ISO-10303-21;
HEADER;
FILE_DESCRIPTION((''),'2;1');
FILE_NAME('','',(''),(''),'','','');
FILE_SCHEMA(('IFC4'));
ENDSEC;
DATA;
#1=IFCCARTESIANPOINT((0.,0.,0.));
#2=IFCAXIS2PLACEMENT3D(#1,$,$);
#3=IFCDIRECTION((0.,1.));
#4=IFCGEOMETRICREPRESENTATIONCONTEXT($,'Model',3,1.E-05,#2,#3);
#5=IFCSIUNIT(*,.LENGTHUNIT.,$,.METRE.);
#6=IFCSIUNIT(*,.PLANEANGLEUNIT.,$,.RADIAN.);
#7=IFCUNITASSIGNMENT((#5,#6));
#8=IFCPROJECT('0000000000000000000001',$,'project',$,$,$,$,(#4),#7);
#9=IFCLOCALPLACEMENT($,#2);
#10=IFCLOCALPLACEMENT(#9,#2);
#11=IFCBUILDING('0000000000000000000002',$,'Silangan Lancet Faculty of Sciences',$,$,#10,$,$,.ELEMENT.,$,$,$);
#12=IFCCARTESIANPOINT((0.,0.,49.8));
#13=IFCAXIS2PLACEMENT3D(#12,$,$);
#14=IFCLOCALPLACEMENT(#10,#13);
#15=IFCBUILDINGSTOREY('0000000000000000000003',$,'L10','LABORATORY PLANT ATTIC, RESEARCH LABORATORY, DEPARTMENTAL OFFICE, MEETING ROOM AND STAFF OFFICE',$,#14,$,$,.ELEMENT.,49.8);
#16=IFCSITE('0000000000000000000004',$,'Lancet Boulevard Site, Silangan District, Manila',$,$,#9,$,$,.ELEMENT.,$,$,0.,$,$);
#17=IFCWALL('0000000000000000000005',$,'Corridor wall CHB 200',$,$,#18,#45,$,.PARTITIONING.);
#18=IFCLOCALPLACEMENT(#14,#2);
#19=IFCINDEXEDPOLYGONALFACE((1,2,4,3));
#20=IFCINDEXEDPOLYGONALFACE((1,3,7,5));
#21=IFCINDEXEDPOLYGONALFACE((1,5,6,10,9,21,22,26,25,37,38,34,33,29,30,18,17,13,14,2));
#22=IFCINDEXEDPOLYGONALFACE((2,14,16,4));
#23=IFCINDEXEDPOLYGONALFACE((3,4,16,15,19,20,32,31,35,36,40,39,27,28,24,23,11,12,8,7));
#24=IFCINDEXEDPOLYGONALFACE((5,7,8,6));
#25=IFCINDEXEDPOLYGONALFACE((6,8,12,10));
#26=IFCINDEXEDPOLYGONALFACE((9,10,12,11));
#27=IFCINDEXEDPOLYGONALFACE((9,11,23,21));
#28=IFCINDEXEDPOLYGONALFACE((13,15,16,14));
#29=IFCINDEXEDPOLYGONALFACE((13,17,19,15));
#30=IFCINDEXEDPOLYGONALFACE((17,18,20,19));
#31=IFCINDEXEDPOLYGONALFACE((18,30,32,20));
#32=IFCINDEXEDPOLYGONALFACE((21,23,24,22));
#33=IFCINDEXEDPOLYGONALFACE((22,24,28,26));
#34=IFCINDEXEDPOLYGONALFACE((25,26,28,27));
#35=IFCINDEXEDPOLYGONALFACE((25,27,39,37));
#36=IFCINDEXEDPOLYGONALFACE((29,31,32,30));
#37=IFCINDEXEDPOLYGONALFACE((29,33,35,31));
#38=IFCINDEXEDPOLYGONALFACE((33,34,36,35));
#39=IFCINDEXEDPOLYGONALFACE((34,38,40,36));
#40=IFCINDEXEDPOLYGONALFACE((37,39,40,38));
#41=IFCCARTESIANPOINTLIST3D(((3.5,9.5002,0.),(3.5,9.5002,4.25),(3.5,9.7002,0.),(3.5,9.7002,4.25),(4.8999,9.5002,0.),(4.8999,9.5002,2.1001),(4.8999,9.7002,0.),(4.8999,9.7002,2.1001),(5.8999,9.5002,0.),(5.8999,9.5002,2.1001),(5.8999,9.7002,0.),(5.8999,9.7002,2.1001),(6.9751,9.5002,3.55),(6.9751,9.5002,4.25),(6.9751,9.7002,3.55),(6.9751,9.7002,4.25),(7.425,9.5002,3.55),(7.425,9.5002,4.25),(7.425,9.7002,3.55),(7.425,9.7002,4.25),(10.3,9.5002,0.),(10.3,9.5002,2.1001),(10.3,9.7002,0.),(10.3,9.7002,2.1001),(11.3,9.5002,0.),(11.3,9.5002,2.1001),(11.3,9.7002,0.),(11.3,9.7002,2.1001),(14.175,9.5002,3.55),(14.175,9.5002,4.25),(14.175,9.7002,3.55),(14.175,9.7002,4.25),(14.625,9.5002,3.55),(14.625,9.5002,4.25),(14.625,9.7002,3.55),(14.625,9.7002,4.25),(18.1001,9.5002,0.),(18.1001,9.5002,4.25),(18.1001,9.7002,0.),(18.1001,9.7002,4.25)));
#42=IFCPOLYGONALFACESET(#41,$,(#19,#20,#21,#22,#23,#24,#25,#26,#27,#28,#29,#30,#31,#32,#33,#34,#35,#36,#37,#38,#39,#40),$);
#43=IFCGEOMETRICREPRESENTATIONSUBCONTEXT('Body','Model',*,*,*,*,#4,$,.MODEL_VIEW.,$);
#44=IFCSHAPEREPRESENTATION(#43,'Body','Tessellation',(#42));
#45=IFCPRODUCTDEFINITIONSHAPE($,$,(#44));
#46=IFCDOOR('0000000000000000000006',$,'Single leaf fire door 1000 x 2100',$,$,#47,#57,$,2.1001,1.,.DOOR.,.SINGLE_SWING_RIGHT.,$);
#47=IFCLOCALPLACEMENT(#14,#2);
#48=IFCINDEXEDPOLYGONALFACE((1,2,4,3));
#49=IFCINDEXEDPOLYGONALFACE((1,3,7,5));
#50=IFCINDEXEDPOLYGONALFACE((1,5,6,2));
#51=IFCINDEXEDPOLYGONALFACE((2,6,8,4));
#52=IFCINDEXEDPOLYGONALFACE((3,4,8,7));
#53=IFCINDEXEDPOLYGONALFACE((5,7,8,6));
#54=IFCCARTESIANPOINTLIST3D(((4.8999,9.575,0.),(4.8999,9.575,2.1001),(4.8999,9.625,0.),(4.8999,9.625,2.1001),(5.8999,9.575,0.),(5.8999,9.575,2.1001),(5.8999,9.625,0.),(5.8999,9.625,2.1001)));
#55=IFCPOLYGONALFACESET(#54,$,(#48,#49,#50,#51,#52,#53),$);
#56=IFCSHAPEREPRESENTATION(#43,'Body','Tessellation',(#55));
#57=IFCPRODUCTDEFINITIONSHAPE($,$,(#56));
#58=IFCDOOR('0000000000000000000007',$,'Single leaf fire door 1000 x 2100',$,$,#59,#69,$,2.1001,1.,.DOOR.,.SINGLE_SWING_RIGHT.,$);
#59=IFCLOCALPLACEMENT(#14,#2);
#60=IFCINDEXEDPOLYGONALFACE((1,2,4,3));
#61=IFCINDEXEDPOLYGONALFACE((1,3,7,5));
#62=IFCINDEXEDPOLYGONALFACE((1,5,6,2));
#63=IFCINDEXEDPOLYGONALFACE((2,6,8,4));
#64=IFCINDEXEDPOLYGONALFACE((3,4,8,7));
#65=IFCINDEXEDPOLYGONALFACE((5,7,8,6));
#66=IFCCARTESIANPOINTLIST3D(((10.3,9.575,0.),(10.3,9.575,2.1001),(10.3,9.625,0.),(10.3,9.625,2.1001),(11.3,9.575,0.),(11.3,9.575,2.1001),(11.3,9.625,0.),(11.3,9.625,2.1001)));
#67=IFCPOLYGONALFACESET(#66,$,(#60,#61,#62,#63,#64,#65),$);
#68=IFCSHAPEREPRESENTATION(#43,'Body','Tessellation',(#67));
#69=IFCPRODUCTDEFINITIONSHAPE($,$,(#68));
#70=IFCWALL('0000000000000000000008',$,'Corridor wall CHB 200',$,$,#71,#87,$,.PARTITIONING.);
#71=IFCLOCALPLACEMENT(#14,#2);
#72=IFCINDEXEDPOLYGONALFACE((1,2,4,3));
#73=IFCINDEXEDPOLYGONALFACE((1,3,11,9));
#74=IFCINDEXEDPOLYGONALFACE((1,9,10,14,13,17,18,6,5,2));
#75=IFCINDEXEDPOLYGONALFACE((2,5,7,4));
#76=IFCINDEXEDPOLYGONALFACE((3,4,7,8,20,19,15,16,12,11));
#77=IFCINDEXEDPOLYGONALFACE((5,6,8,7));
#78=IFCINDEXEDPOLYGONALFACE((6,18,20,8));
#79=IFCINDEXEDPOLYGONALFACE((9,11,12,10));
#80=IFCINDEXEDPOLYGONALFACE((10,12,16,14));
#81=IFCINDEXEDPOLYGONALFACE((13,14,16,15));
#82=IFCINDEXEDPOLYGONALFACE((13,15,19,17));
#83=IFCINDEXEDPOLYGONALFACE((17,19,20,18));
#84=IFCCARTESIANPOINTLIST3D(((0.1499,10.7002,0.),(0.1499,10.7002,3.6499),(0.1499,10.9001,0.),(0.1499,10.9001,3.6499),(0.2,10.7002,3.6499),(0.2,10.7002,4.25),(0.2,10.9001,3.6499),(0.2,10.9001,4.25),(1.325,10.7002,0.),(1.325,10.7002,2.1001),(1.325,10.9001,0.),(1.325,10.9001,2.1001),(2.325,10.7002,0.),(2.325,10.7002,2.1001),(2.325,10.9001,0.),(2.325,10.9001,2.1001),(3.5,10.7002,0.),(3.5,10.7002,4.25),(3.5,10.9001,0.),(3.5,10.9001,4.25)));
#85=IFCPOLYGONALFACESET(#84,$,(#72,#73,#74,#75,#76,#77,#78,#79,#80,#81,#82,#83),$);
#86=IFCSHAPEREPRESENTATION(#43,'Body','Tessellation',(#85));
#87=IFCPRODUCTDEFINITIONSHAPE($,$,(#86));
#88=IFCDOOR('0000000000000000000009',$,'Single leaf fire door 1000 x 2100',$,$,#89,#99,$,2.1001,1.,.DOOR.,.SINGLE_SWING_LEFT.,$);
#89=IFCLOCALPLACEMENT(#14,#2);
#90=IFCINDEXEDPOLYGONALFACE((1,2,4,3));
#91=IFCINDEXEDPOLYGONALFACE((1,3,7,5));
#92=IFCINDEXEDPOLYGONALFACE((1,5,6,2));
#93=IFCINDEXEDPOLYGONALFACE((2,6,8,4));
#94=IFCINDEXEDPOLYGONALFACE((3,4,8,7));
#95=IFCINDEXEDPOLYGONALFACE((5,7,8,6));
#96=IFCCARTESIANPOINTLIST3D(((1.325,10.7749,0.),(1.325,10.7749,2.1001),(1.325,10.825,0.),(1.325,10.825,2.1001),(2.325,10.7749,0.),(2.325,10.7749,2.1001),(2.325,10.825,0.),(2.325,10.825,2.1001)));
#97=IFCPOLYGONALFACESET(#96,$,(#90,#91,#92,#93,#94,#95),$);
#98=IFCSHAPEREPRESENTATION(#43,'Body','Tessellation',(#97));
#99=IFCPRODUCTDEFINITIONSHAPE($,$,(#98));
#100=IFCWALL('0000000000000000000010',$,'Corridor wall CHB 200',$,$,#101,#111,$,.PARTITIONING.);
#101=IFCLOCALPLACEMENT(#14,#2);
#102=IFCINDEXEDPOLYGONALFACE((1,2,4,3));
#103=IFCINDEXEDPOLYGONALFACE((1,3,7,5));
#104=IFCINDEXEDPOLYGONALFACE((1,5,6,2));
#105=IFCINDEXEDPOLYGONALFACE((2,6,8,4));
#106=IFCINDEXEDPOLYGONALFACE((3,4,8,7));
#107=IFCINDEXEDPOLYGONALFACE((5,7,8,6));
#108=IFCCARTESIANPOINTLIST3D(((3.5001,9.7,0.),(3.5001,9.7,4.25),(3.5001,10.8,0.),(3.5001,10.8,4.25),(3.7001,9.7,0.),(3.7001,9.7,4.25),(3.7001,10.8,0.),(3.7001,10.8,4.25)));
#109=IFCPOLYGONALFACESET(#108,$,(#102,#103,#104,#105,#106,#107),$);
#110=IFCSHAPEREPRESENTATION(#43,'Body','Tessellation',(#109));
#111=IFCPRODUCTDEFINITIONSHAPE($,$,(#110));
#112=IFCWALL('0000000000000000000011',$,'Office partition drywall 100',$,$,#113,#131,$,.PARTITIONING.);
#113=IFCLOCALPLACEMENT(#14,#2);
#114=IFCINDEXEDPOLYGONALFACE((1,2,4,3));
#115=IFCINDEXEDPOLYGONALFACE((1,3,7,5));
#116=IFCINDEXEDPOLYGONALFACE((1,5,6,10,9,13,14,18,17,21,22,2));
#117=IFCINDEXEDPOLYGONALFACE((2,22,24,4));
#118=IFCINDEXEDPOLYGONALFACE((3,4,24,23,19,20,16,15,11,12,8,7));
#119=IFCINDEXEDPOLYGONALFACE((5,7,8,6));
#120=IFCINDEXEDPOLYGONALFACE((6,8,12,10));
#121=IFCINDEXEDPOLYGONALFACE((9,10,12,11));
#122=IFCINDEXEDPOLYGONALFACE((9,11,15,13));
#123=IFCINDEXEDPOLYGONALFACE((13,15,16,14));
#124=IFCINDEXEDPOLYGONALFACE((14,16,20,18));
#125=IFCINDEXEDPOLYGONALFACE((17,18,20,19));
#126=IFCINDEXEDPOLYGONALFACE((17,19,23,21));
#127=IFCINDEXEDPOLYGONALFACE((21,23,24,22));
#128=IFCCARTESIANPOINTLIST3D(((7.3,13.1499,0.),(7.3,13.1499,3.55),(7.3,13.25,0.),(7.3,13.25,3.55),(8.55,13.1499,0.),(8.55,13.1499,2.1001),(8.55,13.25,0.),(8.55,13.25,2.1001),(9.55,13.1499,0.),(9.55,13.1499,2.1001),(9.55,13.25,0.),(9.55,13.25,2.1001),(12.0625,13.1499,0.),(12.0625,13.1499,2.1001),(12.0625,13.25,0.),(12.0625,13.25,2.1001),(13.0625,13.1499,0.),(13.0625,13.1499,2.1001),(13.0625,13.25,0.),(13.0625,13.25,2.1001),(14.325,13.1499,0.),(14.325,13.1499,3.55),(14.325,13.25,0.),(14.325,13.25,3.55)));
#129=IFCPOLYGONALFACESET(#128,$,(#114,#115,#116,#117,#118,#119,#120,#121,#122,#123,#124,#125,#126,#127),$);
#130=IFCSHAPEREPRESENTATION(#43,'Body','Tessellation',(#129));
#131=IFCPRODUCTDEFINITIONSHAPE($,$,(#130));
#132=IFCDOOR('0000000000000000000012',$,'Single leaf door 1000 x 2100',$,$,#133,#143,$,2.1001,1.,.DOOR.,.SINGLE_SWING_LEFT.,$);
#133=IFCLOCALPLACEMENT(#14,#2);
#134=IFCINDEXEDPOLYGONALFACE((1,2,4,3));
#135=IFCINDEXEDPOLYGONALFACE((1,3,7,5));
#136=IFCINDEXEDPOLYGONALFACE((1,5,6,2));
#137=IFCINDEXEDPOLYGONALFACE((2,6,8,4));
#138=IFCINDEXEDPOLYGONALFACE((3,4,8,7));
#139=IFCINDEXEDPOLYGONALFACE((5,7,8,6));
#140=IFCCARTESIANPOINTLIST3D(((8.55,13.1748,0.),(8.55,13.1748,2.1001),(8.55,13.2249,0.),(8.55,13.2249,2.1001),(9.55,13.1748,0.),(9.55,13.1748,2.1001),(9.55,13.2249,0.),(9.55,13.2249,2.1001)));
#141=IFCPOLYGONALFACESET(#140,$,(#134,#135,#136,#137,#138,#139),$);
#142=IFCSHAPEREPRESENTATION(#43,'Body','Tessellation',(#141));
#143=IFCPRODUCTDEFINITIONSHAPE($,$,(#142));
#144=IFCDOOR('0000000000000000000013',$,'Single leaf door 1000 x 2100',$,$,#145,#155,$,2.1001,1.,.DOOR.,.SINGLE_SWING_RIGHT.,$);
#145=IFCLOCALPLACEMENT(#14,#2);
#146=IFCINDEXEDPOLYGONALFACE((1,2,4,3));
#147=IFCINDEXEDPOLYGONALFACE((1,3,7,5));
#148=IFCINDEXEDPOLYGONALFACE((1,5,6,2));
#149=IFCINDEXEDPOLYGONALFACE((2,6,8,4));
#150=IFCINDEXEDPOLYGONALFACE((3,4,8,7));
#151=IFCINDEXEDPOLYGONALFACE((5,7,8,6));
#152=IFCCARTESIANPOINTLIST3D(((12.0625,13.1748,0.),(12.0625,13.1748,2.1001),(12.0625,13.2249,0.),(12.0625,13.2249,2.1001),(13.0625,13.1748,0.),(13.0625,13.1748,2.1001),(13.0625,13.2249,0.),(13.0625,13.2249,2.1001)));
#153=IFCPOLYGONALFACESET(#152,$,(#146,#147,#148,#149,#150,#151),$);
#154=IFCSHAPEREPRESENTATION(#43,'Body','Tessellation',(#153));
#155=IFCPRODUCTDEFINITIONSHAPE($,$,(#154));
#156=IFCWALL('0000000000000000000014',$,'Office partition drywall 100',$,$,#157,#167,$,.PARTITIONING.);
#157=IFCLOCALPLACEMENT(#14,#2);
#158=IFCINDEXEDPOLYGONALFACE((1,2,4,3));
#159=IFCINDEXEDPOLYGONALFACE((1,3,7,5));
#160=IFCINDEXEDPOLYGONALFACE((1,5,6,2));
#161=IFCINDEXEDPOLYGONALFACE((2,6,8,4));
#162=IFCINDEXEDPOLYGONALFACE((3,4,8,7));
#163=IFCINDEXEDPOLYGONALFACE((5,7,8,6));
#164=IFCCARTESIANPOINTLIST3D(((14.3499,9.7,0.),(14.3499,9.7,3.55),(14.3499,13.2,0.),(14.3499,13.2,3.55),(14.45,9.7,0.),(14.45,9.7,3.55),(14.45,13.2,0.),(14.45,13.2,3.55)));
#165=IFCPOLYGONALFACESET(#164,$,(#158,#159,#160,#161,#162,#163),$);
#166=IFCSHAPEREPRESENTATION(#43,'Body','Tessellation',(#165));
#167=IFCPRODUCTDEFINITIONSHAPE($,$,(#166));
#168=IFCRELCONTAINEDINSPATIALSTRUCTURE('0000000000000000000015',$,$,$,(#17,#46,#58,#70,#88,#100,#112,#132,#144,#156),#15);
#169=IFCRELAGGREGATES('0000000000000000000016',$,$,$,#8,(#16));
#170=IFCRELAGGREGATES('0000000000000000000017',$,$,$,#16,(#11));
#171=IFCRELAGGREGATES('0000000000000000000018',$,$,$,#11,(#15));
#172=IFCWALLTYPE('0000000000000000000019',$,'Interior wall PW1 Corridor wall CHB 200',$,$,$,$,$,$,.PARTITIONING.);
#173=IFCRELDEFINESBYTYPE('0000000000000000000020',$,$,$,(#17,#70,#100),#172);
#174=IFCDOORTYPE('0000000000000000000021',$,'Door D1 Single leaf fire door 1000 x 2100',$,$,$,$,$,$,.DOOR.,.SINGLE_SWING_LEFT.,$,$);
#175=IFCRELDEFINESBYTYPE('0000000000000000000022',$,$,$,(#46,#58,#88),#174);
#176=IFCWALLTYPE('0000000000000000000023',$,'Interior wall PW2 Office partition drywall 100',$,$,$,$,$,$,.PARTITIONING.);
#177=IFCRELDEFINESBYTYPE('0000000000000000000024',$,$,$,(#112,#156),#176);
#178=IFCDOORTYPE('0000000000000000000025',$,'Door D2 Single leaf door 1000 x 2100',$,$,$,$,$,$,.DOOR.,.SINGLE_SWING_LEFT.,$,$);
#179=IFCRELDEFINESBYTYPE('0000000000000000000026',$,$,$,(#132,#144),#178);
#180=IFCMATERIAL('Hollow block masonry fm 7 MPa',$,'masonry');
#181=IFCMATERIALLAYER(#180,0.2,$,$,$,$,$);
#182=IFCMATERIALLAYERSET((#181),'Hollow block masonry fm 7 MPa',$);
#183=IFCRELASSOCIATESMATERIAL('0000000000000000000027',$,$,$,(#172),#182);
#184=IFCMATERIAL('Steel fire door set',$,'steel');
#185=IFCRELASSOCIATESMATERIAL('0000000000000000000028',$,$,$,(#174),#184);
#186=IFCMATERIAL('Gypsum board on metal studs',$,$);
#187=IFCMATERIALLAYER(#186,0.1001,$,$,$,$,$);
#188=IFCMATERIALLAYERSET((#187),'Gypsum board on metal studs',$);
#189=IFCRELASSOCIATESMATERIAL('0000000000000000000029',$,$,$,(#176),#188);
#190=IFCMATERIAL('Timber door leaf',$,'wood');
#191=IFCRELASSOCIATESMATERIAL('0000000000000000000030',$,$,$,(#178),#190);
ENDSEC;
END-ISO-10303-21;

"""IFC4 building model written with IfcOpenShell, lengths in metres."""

from ifc_helpers import new_model, si_unit, direction, frame, frame_2d, origin, place, context, subcontext, project, spatial, polyline, rectangle, outline, extrude, material, layer, layer_set, type_object, element, fill, save


model = new_model("IFC4")

# Units and contexts
model_context = context("Model", 3, precision=1e-05, world=origin(), true_north=direction((0.0, 1.0)))
body_context = subcontext(model_context, "Body", "Model", "MODEL_VIEW")
ifc_project = project(units=[si_unit("LENGTHUNIT", "METRE"), si_unit("PLANEANGLEUNIT", "RADIAN")], contexts=[model_context])

# Site, building, storey
site_placement = place(None, origin())
site = spatial("IfcSite", under=ifc_project, at=site_placement, Name="Lancet Boulevard Site, Silangan District, Manila", CompositionType="ELEMENT", RefElevation=0.0)
building_placement = place(site_placement, origin())
building = spatial("IfcBuilding", under=site, at=building_placement, Name="Silangan Lancet Faculty of Sciences", CompositionType="ELEMENT")
storey_placement = place(building_placement, frame((0.0, 0.0, 49.8)))
storey = spatial("IfcBuildingStorey", under=building, at=storey_placement, Name="L10", Description="LABORATORY PLANT ATTIC, RESEARCH LABORATORY, DEPARTMENTAL OFFICE, MEETING ROOM AND STAFF OFFICE", CompositionType="ELEMENT", Elevation=49.8)

# Wall, openings, doors
ifc_material_1 = material(Name="Hollow block masonry fm 7 MPa", Category="masonry")
ifc_layer_1 = layer(ifc_material_1, 0.2)
ifc_layer_set_1 = layer_set([ifc_layer_1], Name="Hollow block masonry fm 7 MPa")
wall_type_1 = type_object("IfcWallType", Name="Interior wall PW1 Corridor wall CHB 200", PredefinedType="PARTITIONING", material=ifc_layer_set_1)
wall_1_placement = place(storey_placement, frame((3.5, 9.6001, 0.0), z_axis=(0.0, 0.0, 1.0), x_axis=(1.0, 0.0, 0.0)))
wall_1 = element("IfcWall", 1, at=wall_1_placement, inside=storey, type_object=wall_type_1, Name="Corridor wall CHB 200", PredefinedType="PARTITIONING", context=body_context, shape_type="SweptSolid", body=[
    extrude(outline(polyline([(0.0, 0.0), (14.6001, 0.0), (14.6001, 4.25), (11.125, 4.25), (11.125, 3.55), (10.675, 3.55), (10.675, 4.25), (3.925, 4.25), (3.925, 3.55), (3.4751, 3.55), (3.4751, 4.25), (0.0, 4.25), (0.0, 0.0)])), frame((0.0, 0.1001, 0.0), z_axis=(0.0, -1.0, 0.0), x_axis=(1.0, 0.0, 0.0)), (0.0, 0.0, 1.0), 0.2),
])
opening_1_placement = place(wall_1_placement, frame((1.3999, 0.0, 0.0)))
opening_1 = element("IfcOpeningElement", 2, at=opening_1_placement, cuts=wall_1, PredefinedType="OPENING", context=body_context, shape_type="SweptSolid", body=[
    extrude(rectangle(XDim=1.0, YDim=2.1001, at=frame_2d((0.5, 1.05))), frame((0.0, 0.1099, 0.0), z_axis=(0.0, -1.0, 0.0), x_axis=(1.0, 0.0, 0.0)), (0.0, 0.0, 1.0), 0.22),
])
opening_2_placement = place(wall_1_placement, frame((6.8, 0.0, 0.0)))
opening_2 = element("IfcOpeningElement", 3, at=opening_2_placement, cuts=wall_1, PredefinedType="OPENING", context=body_context, shape_type="SweptSolid", body=[
    extrude(rectangle(XDim=1.0, YDim=2.1001, at=frame_2d((0.5, 1.05))), frame((0.0, 0.1099, 0.0), z_axis=(0.0, -1.0, 0.0), x_axis=(1.0, 0.0, 0.0)), (0.0, 0.0, 1.0), 0.22),
])
ifc_material_2 = material(Name="Steel fire door set", Category="steel")
door_type_1 = type_object("IfcDoorType", Name="Door D1 Single leaf fire door 1000 x 2100", OperationType="SINGLE_SWING_LEFT", PredefinedType="DOOR", material=ifc_material_2)
door_1_placement = place(opening_1_placement, origin())
door_1 = element("IfcDoor", 4, at=door_1_placement, inside=storey, type_object=door_type_1, Name="Single leaf fire door 1000 x 2100", OperationType="SINGLE_SWING_RIGHT", OverallHeight=2.1001, OverallWidth=1.0, PredefinedType="DOOR", context=body_context, shape_type="SweptSolid", body=[
    extrude(rectangle(XDim=1.0, YDim=2.1001, at=frame_2d((0.5, 1.05))), frame((0.0, 0.0249, 0.0), z_axis=(0.0, -1.0, 0.0), x_axis=(1.0, 0.0, 0.0)), (0.0, 0.0, 1.0), 0.05),
])
fill(opening_1, door_1)
door_2_placement = place(opening_2_placement, origin())
door_2 = element("IfcDoor", 5, at=door_2_placement, inside=storey, type_object=door_type_1, Name="Single leaf fire door 1000 x 2100", OperationType="SINGLE_SWING_RIGHT", OverallHeight=2.1001, OverallWidth=1.0, PredefinedType="DOOR", context=body_context, shape_type="SweptSolid", body=[
    extrude(rectangle(XDim=1.0, YDim=2.1001, at=frame_2d((0.5, 1.05))), frame((0.0, 0.0249, 0.0), z_axis=(0.0, -1.0, 0.0), x_axis=(1.0, 0.0, 0.0)), (0.0, 0.0, 1.0), 0.05),
])
fill(opening_2, door_2)

# Wall, opening, door
wall_2_placement = place(storey_placement, frame((0.1499, 10.8, 0.0), z_axis=(0.0, 0.0, 1.0), x_axis=(1.0, 0.0, 0.0)))
wall_2 = element("IfcWall", 6, at=wall_2_placement, inside=storey, type_object=wall_type_1, Name="Corridor wall CHB 200", PredefinedType="PARTITIONING", context=body_context, shape_type="SweptSolid", body=[
    extrude(outline(polyline([(0.0, 0.0), (3.3501, 0.0), (3.3501, 4.25), (0.05, 4.25), (0.05, 3.6499), (0.0, 3.6499), (0.0, 0.0)])), frame((0.0, 0.1001, 0.0), z_axis=(0.0, -1.0, 0.0), x_axis=(1.0, 0.0, 0.0)), (0.0, 0.0, 1.0), 0.2),
])
opening_3_placement = place(wall_2_placement, frame((1.175, 0.0, 0.0)))
opening_3 = element("IfcOpeningElement", 7, at=opening_3_placement, cuts=wall_2, PredefinedType="OPENING", context=body_context, shape_type="SweptSolid", body=[
    extrude(rectangle(XDim=1.0, YDim=2.1001, at=frame_2d((0.5, 1.05))), frame((0.0, 0.1099, 0.0), z_axis=(0.0, -1.0, 0.0), x_axis=(1.0, 0.0, 0.0)), (0.0, 0.0, 1.0), 0.22),
])
door_3_placement = place(opening_3_placement, origin())
door_3 = element("IfcDoor", 8, at=door_3_placement, inside=storey, type_object=door_type_1, Name="Single leaf fire door 1000 x 2100", OperationType="SINGLE_SWING_LEFT", OverallHeight=2.1001, OverallWidth=1.0, PredefinedType="DOOR", context=body_context, shape_type="SweptSolid", body=[
    extrude(rectangle(XDim=1.0, YDim=2.1001, at=frame_2d((0.5, 1.05))), frame((0.0, 0.0249, 0.0), z_axis=(0.0, -1.0, 0.0), x_axis=(1.0, 0.0, 0.0)), (0.0, 0.0, 1.0), 0.05),
])
fill(opening_3, door_3)

# Wall
wall_3_placement = place(storey_placement, frame((3.6001, 9.7, 0.0), z_axis=(0.0, 0.0, 1.0), x_axis=(0.0, 1.0, 0.0)))
element("IfcWall", 9, at=wall_3_placement, inside=storey, type_object=wall_type_1, Name="Corridor wall CHB 200", PredefinedType="PARTITIONING", context=body_context, shape_type="SweptSolid", body=[
    extrude(rectangle(XDim=1.1001, YDim=0.2, at=frame_2d((0.55, 0.0))), origin(), (0.0, 0.0, 1.0), 4.25),
])

# Wall, openings, doors
ifc_material_3 = material(Name="Gypsum board on metal studs")
ifc_layer_2 = layer(ifc_material_3, 0.1001)
ifc_layer_set_2 = layer_set([ifc_layer_2], Name="Gypsum board on metal studs")
wall_type_2 = type_object("IfcWallType", Name="Interior wall PW2 Office partition drywall 100", PredefinedType="PARTITIONING", material=ifc_layer_set_2)
wall_4_placement = place(storey_placement, frame((7.3, 13.2, 0.0), z_axis=(0.0, 0.0, 1.0), x_axis=(1.0, 0.0, 0.0)))
wall_4 = element("IfcWall", 10, at=wall_4_placement, inside=storey, type_object=wall_type_2, Name="Office partition drywall 100", PredefinedType="PARTITIONING", context=body_context, shape_type="SweptSolid", body=[
    extrude(rectangle(XDim=7.0249, YDim=0.1001, at=frame_2d((3.5125, 0.0))), origin(), (0.0, 0.0, 1.0), 3.55),
])
opening_4_placement = place(wall_4_placement, frame((1.25, 0.0, 0.0)))
opening_4 = element("IfcOpeningElement", 11, at=opening_4_placement, cuts=wall_4, PredefinedType="OPENING", context=body_context, shape_type="SweptSolid", body=[
    extrude(rectangle(XDim=1.0, YDim=2.1001, at=frame_2d((0.5, 1.05))), frame((0.0, 0.0601, 0.0), z_axis=(0.0, -1.0, 0.0), x_axis=(1.0, 0.0, 0.0)), (0.0, 0.0, 1.0), 0.1201),
])
opening_5_placement = place(wall_4_placement, frame((4.7625, 0.0, 0.0)))
opening_5 = element("IfcOpeningElement", 12, at=opening_5_placement, cuts=wall_4, PredefinedType="OPENING", context=body_context, shape_type="SweptSolid", body=[
    extrude(rectangle(XDim=1.0, YDim=2.1001, at=frame_2d((0.5, 1.05))), frame((0.0, 0.0601, 0.0), z_axis=(0.0, -1.0, 0.0), x_axis=(1.0, 0.0, 0.0)), (0.0, 0.0, 1.0), 0.1201),
])
ifc_material_4 = material(Name="Timber door leaf", Category="wood")
door_type_2 = type_object("IfcDoorType", Name="Door D2 Single leaf door 1000 x 2100", OperationType="SINGLE_SWING_LEFT", PredefinedType="DOOR", material=ifc_material_4)
door_4_placement = place(opening_4_placement, origin())
door_4 = element("IfcDoor", 13, at=door_4_placement, inside=storey, type_object=door_type_2, Name="Single leaf door 1000 x 2100", OperationType="SINGLE_SWING_LEFT", OverallHeight=2.1001, OverallWidth=1.0, PredefinedType="DOOR", context=body_context, shape_type="SweptSolid", body=[
    extrude(rectangle(XDim=1.0, YDim=2.1001, at=frame_2d((0.5, 1.05))), frame((0.0, 0.0249, 0.0), z_axis=(0.0, -1.0, 0.0), x_axis=(1.0, 0.0, 0.0)), (0.0, 0.0, 1.0), 0.05),
])
fill(opening_4, door_4)
door_5_placement = place(opening_5_placement, origin())
door_5 = element("IfcDoor", 14, at=door_5_placement, inside=storey, type_object=door_type_2, Name="Single leaf door 1000 x 2100", OperationType="SINGLE_SWING_RIGHT", OverallHeight=2.1001, OverallWidth=1.0, PredefinedType="DOOR", context=body_context, shape_type="SweptSolid", body=[
    extrude(rectangle(XDim=1.0, YDim=2.1001, at=frame_2d((0.5, 1.05))), frame((0.0, 0.0249, 0.0), z_axis=(0.0, -1.0, 0.0), x_axis=(1.0, 0.0, 0.0)), (0.0, 0.0, 1.0), 0.05),
])
fill(opening_5, door_5)

# Wall
wall_5_placement = place(storey_placement, frame((14.3999, 9.7, 0.0), z_axis=(0.0, 0.0, 1.0), x_axis=(0.0, 1.0, 0.0)))
element("IfcWall", 15, at=wall_5_placement, inside=storey, type_object=wall_type_2, Name="Office partition drywall 100", PredefinedType="PARTITIONING", context=body_context, shape_type="SweptSolid", body=[
    extrude(rectangle(XDim=3.5, YDim=0.1001, at=frame_2d((1.75, 0.0))), origin(), (0.0, 0.0, 1.0), 3.55),
])

save(model, "model.ifc")
